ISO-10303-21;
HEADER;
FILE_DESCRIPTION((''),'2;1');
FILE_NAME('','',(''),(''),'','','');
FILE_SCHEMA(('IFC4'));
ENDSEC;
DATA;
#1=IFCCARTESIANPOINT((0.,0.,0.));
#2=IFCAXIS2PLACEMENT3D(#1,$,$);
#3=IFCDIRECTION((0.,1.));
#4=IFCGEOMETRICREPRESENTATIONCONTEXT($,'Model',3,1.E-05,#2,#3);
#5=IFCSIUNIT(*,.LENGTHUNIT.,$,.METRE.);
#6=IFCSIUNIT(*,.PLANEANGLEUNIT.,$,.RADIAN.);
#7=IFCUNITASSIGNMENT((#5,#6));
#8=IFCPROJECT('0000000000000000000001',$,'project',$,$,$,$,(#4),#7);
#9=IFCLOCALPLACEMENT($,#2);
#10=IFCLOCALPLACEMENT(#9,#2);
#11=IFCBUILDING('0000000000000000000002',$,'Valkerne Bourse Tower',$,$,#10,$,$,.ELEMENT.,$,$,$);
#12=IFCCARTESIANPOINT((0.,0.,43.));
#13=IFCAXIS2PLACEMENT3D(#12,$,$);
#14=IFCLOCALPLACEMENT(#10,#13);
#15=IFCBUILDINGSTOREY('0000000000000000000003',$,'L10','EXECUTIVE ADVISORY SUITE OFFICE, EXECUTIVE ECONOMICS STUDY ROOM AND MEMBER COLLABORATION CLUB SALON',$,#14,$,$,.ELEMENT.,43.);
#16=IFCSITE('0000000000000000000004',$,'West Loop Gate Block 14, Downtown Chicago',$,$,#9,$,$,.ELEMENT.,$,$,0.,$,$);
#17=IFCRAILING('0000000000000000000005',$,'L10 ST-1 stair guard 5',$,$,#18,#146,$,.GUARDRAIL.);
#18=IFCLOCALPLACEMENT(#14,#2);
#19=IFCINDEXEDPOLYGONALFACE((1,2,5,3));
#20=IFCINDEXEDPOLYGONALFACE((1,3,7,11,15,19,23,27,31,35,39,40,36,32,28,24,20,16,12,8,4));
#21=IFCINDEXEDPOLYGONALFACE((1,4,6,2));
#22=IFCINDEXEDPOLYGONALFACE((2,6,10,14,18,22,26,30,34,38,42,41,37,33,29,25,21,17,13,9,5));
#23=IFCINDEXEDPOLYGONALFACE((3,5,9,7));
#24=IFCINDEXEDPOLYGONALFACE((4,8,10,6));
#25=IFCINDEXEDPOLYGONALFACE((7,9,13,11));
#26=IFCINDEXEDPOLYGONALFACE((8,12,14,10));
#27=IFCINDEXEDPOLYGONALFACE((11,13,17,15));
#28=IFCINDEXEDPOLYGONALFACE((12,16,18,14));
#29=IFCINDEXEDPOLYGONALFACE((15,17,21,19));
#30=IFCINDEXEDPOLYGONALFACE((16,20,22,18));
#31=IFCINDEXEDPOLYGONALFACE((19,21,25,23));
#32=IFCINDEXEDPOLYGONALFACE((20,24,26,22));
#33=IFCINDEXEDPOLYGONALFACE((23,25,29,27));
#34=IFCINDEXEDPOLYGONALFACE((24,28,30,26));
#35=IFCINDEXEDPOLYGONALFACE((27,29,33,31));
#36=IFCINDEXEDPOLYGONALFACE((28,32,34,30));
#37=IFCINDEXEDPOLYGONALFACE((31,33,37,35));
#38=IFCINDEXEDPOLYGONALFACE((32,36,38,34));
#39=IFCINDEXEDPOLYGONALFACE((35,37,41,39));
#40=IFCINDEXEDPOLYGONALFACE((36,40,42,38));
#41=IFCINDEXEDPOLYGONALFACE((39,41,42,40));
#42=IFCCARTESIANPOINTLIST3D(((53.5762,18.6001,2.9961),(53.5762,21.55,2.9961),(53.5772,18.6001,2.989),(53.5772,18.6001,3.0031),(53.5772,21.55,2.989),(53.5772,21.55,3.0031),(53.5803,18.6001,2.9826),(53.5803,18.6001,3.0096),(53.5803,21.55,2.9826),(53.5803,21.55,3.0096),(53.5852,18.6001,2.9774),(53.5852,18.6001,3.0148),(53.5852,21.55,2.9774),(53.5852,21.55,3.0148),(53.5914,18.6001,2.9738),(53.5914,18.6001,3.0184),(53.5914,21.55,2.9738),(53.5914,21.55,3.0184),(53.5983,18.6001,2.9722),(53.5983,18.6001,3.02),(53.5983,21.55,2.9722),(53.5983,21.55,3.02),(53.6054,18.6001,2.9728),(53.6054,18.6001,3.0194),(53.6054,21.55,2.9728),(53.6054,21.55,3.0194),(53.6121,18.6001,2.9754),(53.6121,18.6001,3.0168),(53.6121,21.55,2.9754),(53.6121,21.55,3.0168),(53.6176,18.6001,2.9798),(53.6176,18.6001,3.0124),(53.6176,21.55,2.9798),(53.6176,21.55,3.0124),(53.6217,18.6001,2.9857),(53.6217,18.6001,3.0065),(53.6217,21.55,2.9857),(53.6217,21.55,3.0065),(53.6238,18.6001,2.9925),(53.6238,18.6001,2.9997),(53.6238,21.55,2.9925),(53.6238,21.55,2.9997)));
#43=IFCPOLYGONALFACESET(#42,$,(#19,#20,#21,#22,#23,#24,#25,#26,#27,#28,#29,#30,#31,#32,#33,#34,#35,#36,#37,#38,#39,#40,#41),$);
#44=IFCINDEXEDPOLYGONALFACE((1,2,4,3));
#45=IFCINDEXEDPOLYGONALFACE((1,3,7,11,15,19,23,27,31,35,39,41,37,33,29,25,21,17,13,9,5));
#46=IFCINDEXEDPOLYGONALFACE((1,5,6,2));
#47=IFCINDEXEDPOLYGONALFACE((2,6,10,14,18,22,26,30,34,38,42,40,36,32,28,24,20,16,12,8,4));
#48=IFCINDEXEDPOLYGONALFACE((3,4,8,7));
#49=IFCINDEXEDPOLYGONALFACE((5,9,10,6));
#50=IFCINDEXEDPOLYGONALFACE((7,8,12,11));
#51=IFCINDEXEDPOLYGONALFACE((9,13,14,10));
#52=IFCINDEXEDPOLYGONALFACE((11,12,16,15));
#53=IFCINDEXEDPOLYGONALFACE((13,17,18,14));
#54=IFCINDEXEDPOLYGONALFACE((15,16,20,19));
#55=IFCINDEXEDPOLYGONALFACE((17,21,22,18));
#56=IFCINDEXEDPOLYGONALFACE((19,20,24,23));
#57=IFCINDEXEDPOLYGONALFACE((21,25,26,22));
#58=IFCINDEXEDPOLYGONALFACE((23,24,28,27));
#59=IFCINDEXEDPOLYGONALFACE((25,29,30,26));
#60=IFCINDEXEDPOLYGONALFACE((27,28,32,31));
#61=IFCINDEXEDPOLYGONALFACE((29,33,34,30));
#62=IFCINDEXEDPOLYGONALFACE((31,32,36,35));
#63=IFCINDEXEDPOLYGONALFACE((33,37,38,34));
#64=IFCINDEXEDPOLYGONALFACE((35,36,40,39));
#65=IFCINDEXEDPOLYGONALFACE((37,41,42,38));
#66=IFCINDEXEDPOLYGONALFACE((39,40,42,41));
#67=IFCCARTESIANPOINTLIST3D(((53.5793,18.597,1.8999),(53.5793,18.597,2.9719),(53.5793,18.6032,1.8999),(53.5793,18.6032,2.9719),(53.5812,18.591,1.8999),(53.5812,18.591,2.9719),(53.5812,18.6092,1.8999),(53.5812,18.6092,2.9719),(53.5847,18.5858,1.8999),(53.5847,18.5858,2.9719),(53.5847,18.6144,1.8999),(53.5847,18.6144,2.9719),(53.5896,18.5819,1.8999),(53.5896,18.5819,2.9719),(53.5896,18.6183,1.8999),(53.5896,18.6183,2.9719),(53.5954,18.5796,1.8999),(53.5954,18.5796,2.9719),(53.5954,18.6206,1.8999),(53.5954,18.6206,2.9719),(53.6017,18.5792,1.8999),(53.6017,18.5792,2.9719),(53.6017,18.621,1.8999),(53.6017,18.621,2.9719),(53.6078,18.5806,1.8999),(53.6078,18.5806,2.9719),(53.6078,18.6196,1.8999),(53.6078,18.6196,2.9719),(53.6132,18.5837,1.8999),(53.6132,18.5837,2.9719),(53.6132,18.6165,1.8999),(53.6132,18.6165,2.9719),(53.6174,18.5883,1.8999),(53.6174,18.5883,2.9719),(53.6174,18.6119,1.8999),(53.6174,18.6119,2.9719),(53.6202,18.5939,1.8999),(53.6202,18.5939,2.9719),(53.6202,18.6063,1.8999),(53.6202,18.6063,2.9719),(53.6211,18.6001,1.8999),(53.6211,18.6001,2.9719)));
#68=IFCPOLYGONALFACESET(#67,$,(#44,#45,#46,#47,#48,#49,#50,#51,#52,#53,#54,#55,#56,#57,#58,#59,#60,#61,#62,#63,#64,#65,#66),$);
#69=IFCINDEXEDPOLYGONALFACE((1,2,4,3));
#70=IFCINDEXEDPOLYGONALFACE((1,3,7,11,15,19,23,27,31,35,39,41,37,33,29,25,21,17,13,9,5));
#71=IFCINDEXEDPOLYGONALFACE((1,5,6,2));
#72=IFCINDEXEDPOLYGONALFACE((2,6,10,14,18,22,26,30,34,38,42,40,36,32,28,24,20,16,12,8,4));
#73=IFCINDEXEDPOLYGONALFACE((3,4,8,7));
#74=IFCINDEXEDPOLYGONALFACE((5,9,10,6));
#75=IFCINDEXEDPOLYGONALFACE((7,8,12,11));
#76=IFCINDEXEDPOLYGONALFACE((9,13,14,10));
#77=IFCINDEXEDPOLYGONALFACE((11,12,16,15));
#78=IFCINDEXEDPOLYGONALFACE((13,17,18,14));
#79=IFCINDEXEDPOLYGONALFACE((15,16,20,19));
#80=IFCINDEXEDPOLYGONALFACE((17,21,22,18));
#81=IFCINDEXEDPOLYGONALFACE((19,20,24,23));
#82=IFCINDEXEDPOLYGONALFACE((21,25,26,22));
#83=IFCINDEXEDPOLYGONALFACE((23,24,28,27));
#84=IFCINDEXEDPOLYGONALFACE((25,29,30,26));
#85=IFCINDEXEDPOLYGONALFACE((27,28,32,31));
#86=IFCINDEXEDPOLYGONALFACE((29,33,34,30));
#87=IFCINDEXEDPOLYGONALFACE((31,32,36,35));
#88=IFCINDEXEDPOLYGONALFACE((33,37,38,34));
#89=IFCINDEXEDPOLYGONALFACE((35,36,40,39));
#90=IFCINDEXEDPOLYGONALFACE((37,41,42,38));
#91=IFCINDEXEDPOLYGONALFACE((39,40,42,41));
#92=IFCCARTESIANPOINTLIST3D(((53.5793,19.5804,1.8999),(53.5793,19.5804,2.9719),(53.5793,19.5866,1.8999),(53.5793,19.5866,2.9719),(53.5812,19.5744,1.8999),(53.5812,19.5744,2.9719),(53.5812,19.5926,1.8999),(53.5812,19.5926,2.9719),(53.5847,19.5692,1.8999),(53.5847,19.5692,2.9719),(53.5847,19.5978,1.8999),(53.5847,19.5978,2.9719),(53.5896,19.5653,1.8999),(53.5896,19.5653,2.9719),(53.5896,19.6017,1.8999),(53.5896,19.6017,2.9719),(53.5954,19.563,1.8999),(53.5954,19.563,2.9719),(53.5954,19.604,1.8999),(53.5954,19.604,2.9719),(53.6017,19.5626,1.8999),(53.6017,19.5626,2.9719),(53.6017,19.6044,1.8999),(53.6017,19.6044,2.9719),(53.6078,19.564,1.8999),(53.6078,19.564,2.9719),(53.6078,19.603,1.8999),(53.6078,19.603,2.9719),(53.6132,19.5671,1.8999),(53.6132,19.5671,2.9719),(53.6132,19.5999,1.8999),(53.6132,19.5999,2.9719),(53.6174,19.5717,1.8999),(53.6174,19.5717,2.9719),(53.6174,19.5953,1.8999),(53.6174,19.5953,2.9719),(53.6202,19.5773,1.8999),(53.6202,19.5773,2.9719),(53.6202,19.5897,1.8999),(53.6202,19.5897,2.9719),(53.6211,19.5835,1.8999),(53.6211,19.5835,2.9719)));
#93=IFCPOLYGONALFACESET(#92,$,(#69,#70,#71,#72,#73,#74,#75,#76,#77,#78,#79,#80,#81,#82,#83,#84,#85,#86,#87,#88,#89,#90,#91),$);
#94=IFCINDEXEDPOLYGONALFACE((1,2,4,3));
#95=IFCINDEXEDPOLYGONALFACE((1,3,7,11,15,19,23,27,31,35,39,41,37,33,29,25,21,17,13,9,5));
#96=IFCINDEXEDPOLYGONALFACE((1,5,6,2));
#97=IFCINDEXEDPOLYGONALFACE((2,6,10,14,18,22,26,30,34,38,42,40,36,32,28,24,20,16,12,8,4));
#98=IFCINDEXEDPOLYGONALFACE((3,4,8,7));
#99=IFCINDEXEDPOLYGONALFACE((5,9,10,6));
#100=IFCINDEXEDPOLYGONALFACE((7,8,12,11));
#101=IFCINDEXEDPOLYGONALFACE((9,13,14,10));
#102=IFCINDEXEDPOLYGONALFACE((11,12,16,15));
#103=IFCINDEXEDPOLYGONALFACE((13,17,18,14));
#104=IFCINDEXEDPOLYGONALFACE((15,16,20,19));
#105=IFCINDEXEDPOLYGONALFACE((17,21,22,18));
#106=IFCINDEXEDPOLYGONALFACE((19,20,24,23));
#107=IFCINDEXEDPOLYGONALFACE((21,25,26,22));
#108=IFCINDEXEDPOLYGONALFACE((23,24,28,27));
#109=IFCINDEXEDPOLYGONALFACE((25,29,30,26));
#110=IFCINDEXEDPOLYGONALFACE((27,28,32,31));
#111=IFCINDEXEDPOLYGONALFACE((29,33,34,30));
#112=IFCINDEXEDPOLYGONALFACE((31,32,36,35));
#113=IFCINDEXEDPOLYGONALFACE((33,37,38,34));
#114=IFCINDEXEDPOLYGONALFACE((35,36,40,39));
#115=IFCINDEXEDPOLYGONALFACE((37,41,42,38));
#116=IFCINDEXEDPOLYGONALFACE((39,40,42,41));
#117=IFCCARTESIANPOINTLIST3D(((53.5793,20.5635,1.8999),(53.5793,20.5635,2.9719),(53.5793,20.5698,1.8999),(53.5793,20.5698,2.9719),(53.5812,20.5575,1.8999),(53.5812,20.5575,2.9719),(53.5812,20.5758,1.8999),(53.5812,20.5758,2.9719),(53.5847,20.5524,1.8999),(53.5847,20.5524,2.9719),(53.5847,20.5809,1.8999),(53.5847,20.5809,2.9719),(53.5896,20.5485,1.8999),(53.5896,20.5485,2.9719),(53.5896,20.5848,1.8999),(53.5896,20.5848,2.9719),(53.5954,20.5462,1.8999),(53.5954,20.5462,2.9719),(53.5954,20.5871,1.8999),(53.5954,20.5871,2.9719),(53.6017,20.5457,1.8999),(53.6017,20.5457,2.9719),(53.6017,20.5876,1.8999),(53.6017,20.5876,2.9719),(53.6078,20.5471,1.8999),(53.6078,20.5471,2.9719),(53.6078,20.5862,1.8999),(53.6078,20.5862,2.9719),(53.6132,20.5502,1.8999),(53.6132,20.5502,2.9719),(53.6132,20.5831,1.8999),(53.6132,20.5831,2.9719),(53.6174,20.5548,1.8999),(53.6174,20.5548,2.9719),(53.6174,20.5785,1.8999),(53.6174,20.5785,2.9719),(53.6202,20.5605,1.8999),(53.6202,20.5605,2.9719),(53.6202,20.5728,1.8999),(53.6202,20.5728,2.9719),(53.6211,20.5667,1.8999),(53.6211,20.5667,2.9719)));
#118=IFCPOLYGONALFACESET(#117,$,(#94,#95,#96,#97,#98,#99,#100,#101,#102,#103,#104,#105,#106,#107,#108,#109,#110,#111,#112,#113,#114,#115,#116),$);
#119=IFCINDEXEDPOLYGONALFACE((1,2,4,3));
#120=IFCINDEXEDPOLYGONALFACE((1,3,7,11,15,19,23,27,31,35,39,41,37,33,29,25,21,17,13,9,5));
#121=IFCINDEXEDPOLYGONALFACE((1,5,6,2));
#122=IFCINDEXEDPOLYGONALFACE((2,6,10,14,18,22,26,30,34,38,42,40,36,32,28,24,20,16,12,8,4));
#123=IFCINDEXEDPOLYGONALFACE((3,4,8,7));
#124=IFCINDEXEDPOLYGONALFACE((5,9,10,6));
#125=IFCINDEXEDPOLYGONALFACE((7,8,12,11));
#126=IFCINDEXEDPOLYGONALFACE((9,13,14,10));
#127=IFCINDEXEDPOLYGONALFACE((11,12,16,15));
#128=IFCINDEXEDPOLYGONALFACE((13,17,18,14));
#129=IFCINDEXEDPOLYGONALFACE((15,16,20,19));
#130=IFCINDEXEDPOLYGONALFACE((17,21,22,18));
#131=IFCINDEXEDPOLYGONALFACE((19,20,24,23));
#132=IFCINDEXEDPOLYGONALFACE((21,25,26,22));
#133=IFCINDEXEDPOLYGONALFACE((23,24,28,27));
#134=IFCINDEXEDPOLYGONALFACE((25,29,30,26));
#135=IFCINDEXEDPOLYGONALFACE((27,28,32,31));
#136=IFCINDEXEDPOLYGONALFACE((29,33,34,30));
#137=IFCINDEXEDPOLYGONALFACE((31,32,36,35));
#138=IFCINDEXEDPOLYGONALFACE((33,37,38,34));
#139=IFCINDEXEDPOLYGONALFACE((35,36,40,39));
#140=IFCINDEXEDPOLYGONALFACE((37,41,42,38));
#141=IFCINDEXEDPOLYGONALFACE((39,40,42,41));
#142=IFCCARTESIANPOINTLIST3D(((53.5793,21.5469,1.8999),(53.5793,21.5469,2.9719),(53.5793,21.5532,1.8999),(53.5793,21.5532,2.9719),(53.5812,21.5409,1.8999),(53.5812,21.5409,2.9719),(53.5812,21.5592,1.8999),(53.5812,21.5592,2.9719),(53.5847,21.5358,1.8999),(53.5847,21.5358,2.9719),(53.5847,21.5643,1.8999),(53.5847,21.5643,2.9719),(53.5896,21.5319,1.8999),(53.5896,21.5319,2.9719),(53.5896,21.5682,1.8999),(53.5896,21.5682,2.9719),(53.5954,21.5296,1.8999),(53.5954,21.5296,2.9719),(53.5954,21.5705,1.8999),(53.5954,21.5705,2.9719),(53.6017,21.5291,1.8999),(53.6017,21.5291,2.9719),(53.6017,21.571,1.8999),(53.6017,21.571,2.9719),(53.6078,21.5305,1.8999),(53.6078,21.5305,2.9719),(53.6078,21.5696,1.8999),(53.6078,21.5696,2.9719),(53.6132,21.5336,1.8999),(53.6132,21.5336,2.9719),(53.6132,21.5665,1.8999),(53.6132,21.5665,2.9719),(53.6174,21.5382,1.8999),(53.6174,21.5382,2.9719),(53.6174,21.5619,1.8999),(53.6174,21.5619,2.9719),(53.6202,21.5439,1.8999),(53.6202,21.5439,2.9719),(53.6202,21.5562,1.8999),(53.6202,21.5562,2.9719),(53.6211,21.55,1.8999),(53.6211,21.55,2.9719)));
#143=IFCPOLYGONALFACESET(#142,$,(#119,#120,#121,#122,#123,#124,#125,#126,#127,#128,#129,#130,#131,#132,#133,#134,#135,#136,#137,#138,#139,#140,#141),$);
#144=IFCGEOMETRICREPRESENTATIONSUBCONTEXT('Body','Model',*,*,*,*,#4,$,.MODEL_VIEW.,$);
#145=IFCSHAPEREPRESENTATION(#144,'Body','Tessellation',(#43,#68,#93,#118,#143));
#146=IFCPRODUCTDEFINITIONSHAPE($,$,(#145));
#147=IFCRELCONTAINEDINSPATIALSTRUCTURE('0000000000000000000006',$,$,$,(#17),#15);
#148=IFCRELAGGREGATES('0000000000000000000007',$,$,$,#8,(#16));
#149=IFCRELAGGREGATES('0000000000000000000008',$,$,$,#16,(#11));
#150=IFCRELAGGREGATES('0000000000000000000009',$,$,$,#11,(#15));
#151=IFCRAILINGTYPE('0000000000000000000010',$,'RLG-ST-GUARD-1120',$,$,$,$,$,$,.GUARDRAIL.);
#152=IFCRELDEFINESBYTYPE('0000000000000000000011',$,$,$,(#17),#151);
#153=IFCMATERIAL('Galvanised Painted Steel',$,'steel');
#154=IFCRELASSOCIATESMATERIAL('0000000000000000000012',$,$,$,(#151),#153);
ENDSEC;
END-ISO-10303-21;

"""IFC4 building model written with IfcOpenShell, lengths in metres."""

from ifc_helpers import new_model, si_unit, direction, frame, origin, origin_2d, place, context, subcontext, project, spatial, circle, extrude, material, type_object, element, save


model = new_model("IFC4")

# Units and contexts
model_context = context("Model", 3, precision=1e-05, world=origin(), true_north=direction((0.0, 1.0)))
body_context = subcontext(model_context, "Body", "Model", "MODEL_VIEW")
ifc_project = project(units=[si_unit("LENGTHUNIT", "METRE"), si_unit("PLANEANGLEUNIT", "RADIAN")], contexts=[model_context])

# Site, building, storey
site_placement = place(None, origin())
site = spatial("IfcSite", under=ifc_project, at=site_placement, Name="West Loop Gate Block 14, Downtown Chicago", CompositionType="ELEMENT", RefElevation=0.0)
building_placement = place(site_placement, origin())
building = spatial("IfcBuilding", under=site, at=building_placement, Name="Valkerne Bourse Tower", CompositionType="ELEMENT")
storey_placement = place(building_placement, frame((0.0, 0.0, 43.0)))
storey = spatial("IfcBuildingStorey", under=building, at=storey_placement, Name="L10", Description="EXECUTIVE ADVISORY SUITE OFFICE, EXECUTIVE ECONOMICS STUDY ROOM AND MEMBER COLLABORATION CLUB SALON", CompositionType="ELEMENT", Elevation=43.0)

# Shared definitions
ifc_material_1 = material(Name="Galvanised Painted Steel", Category="steel")

# Railing
railing_type_1 = type_object("IfcRailingType", Name="RLG-ST-GUARD-1120", PredefinedType="GUARDRAIL", material=ifc_material_1)
railing_1_placement = place(storey_placement, frame((53.6001, 18.6001, 1.8999)))
element("IfcRailing", 1, at=railing_1_placement, inside=storey, type_object=railing_type_1, Name="L10 ST-1 stair guard 5", PredefinedType="GUARDRAIL", context=body_context, shape_type="SweptSolid", body=[
    extrude(circle(Radius=0.0239, at=origin_2d()), frame((0.0, 0.0, 1.0962), z_axis=(0.0, 1.0, 0.0), x_axis=(-1.0, 0.0, 0.0)), (0.0, 0.0, 1.0), 2.95),
    extrude(circle(Radius=0.021, at=origin_2d()), origin(), (0.0, 0.0, 1.0), 1.072),
    extrude(circle(Radius=0.021, at=origin_2d()), frame((0.0, 0.9834, 0.0)), (0.0, 0.0, 1.0), 1.072),
    extrude(circle(Radius=0.021, at=origin_2d()), frame((0.0, 1.9666, 0.0)), (0.0, 0.0, 1.0), 1.072),
    extrude(circle(Radius=0.021, at=origin_2d()), frame((0.0, 2.95, 0.0)), (0.0, 0.0, 1.0), 1.072),
])

save(model, "model.ifc")
